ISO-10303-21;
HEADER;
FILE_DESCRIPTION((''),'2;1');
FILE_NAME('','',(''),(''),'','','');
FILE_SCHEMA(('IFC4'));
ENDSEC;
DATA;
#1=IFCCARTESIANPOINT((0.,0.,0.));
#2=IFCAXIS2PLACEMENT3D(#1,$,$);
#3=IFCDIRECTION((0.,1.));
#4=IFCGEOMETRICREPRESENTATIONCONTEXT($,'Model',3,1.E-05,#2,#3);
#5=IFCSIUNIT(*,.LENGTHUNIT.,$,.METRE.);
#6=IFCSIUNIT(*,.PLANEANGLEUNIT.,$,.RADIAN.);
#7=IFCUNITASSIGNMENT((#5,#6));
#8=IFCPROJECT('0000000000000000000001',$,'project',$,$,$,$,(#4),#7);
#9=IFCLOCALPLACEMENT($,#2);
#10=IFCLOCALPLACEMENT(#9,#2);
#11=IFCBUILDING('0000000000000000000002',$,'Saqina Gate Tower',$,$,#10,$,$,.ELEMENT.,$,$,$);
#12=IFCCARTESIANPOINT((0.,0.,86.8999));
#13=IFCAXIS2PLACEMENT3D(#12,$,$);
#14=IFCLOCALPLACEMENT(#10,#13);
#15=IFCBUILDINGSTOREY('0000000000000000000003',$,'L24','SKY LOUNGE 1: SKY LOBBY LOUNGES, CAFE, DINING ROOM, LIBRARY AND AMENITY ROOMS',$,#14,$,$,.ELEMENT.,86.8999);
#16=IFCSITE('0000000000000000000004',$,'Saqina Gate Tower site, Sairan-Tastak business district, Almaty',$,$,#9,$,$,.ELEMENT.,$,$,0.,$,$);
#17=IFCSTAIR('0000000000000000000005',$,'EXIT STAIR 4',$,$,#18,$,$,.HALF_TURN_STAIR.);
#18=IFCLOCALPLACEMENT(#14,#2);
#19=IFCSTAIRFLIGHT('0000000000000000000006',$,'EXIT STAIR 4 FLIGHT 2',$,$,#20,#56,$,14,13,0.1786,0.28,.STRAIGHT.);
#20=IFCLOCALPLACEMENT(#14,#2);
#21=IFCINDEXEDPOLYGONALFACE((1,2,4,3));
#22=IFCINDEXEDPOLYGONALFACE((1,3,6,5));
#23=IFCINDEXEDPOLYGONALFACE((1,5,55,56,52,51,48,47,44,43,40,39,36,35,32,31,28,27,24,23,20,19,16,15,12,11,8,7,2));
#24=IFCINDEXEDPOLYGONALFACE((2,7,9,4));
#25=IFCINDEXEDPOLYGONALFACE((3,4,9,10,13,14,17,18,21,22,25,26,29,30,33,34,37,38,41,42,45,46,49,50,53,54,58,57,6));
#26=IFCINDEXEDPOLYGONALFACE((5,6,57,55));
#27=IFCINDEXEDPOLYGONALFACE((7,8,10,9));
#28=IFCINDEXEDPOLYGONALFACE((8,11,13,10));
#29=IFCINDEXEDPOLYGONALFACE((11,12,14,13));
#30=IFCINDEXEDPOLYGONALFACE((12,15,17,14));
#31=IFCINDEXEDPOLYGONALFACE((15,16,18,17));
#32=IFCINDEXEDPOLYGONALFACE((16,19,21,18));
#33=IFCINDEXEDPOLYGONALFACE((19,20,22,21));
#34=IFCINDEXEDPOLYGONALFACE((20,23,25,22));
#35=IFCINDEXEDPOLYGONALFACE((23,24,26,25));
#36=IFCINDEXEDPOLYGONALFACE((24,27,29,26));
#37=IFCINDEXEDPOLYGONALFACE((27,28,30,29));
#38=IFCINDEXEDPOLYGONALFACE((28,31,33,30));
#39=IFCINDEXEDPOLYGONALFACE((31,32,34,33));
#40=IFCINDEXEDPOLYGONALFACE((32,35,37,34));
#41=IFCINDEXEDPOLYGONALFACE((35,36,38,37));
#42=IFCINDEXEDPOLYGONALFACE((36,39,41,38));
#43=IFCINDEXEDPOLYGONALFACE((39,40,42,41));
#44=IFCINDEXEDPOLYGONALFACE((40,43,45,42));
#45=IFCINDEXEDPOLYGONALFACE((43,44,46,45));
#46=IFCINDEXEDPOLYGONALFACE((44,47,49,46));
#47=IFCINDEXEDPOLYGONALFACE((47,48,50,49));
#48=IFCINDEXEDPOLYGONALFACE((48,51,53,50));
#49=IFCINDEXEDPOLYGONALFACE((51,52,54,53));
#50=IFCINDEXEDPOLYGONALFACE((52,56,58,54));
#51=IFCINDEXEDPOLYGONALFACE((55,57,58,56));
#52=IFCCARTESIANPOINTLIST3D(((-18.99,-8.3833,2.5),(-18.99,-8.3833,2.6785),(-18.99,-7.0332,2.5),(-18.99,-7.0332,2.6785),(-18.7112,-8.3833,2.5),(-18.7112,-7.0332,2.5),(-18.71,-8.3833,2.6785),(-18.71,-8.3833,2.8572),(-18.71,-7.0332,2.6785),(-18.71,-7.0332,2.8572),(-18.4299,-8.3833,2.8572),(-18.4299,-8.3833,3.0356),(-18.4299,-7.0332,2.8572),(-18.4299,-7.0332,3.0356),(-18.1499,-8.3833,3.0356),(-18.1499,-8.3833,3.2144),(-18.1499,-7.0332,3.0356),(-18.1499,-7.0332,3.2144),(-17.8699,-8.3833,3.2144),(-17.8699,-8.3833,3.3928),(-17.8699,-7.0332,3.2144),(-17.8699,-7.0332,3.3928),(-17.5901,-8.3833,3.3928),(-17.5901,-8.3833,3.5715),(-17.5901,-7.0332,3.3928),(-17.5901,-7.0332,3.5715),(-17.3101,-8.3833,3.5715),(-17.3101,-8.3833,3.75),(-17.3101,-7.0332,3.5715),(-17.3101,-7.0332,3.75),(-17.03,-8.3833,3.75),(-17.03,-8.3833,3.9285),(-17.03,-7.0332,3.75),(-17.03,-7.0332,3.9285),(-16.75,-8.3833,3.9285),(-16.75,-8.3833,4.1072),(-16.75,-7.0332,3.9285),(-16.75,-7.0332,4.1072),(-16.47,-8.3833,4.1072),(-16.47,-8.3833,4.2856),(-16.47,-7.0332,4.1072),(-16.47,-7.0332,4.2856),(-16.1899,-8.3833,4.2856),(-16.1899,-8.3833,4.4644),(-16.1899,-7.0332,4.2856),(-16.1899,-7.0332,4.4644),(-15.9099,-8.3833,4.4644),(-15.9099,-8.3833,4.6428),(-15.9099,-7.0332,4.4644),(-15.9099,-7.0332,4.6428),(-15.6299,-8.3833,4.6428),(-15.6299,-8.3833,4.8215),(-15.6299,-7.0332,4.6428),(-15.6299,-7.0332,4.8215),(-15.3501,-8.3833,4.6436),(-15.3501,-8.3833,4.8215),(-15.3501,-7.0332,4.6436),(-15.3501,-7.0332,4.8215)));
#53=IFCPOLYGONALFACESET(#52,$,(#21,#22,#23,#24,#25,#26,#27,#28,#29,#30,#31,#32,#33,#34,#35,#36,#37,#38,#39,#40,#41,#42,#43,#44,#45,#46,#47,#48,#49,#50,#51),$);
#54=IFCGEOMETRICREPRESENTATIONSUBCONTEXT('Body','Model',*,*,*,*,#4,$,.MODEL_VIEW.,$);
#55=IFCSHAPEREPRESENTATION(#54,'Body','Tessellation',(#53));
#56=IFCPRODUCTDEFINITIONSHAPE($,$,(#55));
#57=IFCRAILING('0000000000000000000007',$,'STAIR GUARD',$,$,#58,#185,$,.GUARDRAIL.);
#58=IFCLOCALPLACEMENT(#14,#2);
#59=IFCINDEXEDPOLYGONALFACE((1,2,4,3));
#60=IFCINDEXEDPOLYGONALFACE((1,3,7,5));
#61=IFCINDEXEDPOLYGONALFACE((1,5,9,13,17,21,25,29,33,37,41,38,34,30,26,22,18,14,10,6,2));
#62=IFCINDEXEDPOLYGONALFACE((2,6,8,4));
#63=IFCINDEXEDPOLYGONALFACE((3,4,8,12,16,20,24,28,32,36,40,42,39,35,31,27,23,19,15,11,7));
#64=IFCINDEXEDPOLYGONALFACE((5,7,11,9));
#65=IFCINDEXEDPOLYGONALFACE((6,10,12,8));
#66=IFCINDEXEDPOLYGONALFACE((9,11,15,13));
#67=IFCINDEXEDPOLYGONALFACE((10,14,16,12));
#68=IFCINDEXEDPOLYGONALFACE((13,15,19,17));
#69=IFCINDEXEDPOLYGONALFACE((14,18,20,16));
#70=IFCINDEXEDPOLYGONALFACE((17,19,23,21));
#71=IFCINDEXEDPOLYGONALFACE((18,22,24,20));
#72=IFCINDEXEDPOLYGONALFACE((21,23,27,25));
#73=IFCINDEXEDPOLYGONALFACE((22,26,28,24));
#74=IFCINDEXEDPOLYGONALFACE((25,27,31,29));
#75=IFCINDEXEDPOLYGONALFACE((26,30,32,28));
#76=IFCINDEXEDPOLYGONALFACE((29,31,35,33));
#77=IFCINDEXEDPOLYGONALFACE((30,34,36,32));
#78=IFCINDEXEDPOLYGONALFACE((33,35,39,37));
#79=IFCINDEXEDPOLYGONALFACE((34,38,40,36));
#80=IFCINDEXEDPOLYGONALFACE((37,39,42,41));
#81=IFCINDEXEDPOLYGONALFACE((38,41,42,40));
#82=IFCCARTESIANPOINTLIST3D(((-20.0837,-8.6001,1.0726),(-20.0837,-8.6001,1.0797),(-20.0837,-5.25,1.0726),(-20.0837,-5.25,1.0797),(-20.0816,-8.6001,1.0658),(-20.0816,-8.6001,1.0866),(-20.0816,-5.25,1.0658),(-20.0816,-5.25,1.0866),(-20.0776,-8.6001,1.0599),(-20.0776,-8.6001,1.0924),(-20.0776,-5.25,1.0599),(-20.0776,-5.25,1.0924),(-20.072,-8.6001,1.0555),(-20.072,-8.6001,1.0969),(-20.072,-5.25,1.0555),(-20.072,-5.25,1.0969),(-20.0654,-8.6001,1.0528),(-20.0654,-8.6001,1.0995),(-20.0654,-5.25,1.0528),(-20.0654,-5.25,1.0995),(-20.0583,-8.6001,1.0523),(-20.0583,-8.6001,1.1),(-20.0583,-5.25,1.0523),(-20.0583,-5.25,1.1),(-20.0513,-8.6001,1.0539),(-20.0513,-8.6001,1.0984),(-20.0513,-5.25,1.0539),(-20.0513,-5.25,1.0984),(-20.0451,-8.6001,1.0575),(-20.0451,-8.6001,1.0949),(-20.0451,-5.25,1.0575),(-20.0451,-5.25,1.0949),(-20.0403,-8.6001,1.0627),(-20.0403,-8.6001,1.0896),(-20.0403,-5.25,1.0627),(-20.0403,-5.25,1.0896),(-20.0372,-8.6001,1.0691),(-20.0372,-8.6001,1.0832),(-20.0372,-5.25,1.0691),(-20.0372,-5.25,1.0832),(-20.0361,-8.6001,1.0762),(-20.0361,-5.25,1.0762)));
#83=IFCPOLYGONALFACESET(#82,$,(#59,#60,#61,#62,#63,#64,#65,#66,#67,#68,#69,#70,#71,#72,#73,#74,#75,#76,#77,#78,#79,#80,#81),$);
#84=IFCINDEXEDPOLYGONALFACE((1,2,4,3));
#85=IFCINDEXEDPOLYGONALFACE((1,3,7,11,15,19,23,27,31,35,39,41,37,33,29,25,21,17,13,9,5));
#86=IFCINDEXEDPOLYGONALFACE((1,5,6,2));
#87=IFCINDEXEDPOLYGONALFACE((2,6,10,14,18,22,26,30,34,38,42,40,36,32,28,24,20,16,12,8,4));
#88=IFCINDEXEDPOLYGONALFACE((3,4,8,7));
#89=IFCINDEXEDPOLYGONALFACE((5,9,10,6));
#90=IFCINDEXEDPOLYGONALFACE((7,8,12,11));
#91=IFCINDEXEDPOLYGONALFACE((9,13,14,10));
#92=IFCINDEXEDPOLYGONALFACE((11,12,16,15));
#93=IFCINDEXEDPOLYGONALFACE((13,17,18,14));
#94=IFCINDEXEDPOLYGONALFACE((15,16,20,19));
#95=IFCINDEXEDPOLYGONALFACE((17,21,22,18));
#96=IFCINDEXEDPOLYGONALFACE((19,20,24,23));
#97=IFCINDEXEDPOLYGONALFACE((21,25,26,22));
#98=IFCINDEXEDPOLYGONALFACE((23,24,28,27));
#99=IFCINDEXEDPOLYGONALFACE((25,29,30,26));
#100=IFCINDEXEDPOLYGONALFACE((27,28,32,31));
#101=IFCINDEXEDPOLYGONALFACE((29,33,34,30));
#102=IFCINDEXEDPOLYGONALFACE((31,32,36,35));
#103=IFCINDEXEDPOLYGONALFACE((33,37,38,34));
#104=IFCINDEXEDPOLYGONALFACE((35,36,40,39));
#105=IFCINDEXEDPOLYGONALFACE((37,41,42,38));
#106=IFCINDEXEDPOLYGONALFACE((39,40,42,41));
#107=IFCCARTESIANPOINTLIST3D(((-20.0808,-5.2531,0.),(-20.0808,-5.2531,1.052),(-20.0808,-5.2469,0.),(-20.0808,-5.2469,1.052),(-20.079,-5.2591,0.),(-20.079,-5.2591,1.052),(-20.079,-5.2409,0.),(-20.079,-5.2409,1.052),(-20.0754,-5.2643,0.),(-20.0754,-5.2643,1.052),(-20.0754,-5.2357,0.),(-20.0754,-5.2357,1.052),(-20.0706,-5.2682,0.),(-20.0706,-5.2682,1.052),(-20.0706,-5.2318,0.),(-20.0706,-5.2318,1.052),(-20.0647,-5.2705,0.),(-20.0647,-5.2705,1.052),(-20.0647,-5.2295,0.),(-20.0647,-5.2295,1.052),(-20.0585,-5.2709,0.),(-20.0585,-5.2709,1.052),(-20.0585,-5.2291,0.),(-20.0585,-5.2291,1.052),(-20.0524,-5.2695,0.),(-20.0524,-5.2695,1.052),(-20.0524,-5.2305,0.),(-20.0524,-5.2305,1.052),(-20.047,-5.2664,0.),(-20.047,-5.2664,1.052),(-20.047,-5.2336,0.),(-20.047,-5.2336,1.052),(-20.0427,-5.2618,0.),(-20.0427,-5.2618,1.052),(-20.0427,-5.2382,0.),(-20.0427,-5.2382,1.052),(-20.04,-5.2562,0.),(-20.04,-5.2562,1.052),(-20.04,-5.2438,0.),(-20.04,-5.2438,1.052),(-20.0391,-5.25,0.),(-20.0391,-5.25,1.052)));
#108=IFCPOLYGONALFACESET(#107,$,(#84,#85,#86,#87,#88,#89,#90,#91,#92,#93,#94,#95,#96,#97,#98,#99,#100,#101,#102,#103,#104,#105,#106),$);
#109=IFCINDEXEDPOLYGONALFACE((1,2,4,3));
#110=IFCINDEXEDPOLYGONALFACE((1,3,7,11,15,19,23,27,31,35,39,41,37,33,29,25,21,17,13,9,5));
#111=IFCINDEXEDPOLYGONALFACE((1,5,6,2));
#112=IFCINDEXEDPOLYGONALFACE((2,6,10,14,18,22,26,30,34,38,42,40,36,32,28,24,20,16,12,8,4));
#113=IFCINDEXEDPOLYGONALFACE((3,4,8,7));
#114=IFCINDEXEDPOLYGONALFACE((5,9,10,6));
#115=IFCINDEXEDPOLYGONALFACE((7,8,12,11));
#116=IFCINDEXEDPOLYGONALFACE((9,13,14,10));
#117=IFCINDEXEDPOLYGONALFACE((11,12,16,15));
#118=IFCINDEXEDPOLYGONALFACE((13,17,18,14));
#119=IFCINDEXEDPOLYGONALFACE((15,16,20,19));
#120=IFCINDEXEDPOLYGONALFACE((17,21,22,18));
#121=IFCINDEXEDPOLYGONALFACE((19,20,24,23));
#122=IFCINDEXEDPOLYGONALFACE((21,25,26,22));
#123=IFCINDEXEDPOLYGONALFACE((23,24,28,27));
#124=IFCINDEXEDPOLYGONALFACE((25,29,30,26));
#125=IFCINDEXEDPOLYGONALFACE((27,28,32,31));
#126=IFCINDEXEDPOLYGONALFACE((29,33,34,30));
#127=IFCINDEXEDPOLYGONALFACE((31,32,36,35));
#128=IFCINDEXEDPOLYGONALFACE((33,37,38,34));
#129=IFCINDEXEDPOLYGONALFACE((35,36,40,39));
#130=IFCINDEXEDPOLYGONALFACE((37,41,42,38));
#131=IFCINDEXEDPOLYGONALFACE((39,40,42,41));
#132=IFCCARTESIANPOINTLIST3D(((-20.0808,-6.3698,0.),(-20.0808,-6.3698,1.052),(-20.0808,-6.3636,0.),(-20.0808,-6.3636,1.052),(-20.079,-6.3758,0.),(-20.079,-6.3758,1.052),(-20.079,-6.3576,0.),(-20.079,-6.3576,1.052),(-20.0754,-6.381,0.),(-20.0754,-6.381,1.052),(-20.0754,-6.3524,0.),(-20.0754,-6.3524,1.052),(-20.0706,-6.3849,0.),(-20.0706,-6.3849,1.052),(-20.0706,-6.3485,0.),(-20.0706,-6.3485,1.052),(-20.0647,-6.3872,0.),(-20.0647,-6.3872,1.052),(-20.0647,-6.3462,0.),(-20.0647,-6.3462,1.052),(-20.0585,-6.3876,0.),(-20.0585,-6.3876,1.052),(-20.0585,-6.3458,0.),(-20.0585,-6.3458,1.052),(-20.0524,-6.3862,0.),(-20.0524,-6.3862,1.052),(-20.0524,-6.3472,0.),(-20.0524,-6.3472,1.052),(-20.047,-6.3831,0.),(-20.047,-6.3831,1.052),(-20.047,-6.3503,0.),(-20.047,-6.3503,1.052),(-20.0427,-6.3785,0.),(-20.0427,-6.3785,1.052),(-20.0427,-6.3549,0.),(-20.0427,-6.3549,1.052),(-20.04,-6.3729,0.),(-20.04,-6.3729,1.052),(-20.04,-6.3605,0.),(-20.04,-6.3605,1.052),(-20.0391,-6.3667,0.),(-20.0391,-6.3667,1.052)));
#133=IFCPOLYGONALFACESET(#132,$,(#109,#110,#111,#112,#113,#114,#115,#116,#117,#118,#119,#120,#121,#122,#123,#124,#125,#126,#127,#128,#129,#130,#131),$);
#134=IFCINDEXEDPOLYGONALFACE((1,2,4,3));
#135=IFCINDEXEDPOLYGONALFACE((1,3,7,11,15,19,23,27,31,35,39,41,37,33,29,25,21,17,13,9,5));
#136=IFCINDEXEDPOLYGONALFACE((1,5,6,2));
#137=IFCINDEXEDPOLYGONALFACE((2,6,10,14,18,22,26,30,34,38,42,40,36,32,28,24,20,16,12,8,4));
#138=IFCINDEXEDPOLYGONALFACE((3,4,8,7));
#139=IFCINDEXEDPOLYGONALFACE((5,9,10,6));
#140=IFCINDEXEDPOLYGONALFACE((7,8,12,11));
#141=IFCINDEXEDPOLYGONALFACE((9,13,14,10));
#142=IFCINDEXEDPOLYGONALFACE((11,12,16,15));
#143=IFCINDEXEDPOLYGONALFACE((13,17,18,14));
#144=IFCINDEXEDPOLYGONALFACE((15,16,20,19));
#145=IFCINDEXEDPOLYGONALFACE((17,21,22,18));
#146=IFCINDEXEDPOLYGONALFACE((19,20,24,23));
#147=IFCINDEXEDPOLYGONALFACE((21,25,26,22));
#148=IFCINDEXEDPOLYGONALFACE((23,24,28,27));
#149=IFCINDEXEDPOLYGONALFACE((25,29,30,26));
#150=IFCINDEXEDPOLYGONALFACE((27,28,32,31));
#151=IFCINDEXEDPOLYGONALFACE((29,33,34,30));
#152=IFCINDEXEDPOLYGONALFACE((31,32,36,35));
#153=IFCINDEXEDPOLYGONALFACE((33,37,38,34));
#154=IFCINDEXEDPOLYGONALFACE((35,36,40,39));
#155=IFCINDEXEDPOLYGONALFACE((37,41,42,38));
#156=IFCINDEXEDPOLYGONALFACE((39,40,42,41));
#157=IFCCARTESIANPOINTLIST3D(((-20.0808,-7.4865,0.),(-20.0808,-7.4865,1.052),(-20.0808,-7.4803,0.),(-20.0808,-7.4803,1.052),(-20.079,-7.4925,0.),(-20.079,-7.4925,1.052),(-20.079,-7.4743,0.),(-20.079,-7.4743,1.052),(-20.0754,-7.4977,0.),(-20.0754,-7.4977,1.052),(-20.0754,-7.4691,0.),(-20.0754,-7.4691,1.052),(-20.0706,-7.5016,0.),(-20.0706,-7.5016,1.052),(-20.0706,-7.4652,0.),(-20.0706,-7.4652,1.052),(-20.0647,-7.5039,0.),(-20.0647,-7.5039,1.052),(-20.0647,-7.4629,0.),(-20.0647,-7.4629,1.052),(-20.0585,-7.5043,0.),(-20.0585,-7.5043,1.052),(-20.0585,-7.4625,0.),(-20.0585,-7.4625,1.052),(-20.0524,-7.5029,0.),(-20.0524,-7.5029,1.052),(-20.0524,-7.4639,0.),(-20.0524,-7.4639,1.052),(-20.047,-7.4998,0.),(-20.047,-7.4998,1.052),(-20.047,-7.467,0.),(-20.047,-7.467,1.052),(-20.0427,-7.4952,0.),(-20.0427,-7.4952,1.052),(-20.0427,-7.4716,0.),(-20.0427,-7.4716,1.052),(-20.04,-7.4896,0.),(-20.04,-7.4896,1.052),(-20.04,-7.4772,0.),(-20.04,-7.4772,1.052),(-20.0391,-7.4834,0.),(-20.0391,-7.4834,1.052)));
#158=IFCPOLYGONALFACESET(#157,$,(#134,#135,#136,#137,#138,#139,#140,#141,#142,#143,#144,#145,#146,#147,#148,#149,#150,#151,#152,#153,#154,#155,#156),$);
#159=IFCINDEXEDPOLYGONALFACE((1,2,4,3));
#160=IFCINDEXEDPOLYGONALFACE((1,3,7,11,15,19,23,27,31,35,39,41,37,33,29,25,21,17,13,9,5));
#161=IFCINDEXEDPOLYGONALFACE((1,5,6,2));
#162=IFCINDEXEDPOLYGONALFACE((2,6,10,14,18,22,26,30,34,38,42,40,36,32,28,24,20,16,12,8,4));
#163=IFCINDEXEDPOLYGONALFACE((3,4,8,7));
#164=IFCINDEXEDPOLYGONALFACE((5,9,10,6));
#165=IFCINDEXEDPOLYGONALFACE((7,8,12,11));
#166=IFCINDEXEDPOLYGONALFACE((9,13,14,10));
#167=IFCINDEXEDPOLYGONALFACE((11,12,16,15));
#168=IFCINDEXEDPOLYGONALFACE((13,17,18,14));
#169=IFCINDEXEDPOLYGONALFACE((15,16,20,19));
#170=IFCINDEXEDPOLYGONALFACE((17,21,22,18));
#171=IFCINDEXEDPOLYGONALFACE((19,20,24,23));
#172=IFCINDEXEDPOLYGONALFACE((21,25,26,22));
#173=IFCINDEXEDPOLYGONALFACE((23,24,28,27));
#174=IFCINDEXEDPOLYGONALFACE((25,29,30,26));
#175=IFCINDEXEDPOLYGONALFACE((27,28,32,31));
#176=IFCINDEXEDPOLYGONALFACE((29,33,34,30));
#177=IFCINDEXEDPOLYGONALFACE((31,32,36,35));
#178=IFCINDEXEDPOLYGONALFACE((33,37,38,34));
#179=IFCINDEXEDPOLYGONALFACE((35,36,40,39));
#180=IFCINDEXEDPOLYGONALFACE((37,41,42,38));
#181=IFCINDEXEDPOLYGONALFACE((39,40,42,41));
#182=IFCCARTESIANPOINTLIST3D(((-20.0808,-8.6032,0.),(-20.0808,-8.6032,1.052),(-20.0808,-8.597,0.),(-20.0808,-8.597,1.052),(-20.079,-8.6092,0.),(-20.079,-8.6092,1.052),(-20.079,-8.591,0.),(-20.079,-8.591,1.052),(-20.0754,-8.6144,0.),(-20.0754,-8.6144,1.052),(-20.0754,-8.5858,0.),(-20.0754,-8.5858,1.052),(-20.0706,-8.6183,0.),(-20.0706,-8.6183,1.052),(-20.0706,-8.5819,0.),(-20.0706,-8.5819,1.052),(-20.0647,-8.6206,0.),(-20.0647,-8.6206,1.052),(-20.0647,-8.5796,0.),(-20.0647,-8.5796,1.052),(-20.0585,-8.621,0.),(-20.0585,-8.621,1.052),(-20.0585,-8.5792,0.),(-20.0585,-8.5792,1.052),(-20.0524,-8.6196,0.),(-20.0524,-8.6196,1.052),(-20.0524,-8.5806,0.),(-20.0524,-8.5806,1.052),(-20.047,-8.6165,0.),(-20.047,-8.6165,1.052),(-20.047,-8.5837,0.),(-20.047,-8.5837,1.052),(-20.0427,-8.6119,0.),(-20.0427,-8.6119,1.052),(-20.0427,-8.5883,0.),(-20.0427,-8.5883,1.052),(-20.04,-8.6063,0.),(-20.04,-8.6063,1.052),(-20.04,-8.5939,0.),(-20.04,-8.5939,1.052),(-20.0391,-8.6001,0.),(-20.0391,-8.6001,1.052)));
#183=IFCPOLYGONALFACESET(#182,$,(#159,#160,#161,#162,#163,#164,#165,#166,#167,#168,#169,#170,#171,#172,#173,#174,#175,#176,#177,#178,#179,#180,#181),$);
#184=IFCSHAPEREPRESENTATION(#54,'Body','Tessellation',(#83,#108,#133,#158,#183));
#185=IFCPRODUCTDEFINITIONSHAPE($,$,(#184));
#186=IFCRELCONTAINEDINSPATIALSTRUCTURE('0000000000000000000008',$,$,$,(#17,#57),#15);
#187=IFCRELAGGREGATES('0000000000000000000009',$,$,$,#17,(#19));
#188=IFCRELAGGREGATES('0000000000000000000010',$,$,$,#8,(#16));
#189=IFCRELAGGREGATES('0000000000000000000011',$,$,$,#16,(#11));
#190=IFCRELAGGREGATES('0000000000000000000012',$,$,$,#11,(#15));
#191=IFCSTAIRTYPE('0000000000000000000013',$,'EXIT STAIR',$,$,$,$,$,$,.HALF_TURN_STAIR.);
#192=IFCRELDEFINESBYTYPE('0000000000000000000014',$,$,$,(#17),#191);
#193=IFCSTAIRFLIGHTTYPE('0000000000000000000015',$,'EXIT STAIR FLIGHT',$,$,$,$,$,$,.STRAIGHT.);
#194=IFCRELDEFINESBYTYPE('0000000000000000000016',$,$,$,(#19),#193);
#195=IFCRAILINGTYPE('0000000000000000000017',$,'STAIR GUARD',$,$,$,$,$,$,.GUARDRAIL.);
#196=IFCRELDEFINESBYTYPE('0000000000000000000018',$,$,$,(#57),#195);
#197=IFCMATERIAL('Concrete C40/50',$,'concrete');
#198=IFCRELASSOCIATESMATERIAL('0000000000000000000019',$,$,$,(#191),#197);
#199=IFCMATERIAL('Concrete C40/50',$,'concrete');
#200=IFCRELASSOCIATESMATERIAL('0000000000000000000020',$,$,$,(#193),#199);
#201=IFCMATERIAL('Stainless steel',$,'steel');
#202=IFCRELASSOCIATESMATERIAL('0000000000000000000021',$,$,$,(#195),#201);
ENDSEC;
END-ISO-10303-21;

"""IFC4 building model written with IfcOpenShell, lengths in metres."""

from ifc_helpers import new_model, si_unit, direction, frame, origin, origin_2d, place, context, subcontext, project, spatial, polyline, circle, outline, extrude, material, type_object, element, aggregate, save


model = new_model("IFC4")

# Units and contexts
model_context = context("Model", 3, precision=1e-05, world=origin(), true_north=direction((0.0, 1.0)))
body_context = subcontext(model_context, "Body", "Model", "MODEL_VIEW")
ifc_project = project(units=[si_unit("LENGTHUNIT", "METRE"), si_unit("PLANEANGLEUNIT", "RADIAN")], contexts=[model_context])

# Site, building, storey
site_placement = place(None, origin())
site = spatial("IfcSite", under=ifc_project, at=site_placement, Name="Saqina Gate Tower site, Sairan-Tastak business district, Almaty", CompositionType="ELEMENT", RefElevation=0.0)
building_placement = place(site_placement, origin())
building = spatial("IfcBuilding", under=site, at=building_placement, Name="Saqina Gate Tower", CompositionType="ELEMENT")
storey_placement = place(building_placement, frame((0.0, 0.0, 86.8999)))
storey = spatial("IfcBuildingStorey", under=building, at=storey_placement, Name="L24", Description="SKY LOUNGE 1: SKY LOBBY LOUNGES, CAFE, DINING ROOM, LIBRARY AND AMENITY ROOMS", CompositionType="ELEMENT", Elevation=86.8999)

# Stair, stair flight
ifc_material_1 = material(Name="Concrete C40/50", Category="concrete")
stair_type = type_object("IfcStairType", Name="EXIT STAIR", PredefinedType="HALF_TURN_STAIR", material=ifc_material_1)
stair_placement = place(storey_placement, origin())
stair = element("IfcStair", 1, at=stair_placement, inside=storey, type_object=stair_type, Name="EXIT STAIR 4", PredefinedType="HALF_TURN_STAIR")
ifc_material_2 = material(Name="Concrete C40/50", Category="concrete")
stair_flight_type = type_object("IfcStairFlightType", Name="EXIT STAIR FLIGHT", PredefinedType="STRAIGHT", material=ifc_material_2)
stair_flight_1_placement = place(storey_placement, frame((-18.99, -7.7083, 2.5), z_axis=(0.0, 0.0, 1.0), x_axis=(1.0, 0.0, 0.0)))
stair_flight_1 = element("IfcStairFlight", 2, at=stair_flight_1_placement, type_object=stair_flight_type, Name="EXIT STAIR 4 FLIGHT 2", NumberOfRisers=14, NumberOfTreads=13, PredefinedType="STRAIGHT", RiserHeight=0.1786, TreadLength=0.28, context=body_context, shape_type="SweptSolid", body=[
    extrude(outline(polyline([(0.0, 0.0), (0.0, 0.1785), (0.28, 0.1785), (0.28, 0.3572), (0.5601, 0.3572), (0.5601, 0.5356), (0.8401, 0.5356), (0.8401, 0.7144), (1.1201, 0.7144), (1.1201, 0.8928), (1.3999, 0.8928), (1.3999, 1.0715), (1.6799, 1.0715), (1.6799, 1.25), (1.96, 1.25), (1.96, 1.4285), (2.24, 1.4285), (2.24, 1.6072), (2.52, 1.6072), (2.52, 1.7856), (2.8, 1.7856), (2.8, 1.9644), (3.0801, 1.9644), (3.0801, 2.1428), (3.3601, 2.1428), (3.3601, 2.3215), (3.6399, 2.3215), (3.6399, 2.5), (3.6399, 2.1436), (0.2788, 0.0), (0.0, 0.0)])), frame((0.0, 0.675, 0.0), z_axis=(0.0, -1.0, 0.0), x_axis=(1.0, 0.0, 0.0)), (0.0, 0.0, 1.0), 1.3501),
])
aggregate(stair, [stair_flight_1])

# Railing
ifc_material_3 = material(Name="Stainless steel", Category="steel")
railing_type_1 = type_object("IfcRailingType", Name="STAIR GUARD", PredefinedType="GUARDRAIL", material=ifc_material_3)
railing_1_placement = place(storey_placement, frame((-20.0601, -5.25, 0.0)))
element("IfcRailing", 3, at=railing_1_placement, inside=storey, type_object=railing_type_1, Name="STAIR GUARD", PredefinedType="GUARDRAIL", context=body_context, shape_type="SweptSolid", body=[
    extrude(circle(Radius=0.0239, at=origin_2d()), frame((0.0, 0.0, 1.0762), z_axis=(0.0, -1.0, 0.0), x_axis=(1.0, 0.0, 0.0)), (0.0, 0.0, 1.0), 3.3501),
    extrude(circle(Radius=0.021, at=origin_2d()), origin(), (0.0, 0.0, 1.0), 1.052),
    extrude(circle(Radius=0.021, at=origin_2d()), frame((0.0, -1.1167, 0.0)), (0.0, 0.0, 1.0), 1.052),
    extrude(circle(Radius=0.021, at=origin_2d()), frame((0.0, -2.2334, 0.0)), (0.0, 0.0, 1.0), 1.052),
    extrude(circle(Radius=0.021, at=origin_2d()), frame((0.0, -3.3501, 0.0)), (0.0, 0.0, 1.0), 1.052),
])

save(model, "model.ifc")
